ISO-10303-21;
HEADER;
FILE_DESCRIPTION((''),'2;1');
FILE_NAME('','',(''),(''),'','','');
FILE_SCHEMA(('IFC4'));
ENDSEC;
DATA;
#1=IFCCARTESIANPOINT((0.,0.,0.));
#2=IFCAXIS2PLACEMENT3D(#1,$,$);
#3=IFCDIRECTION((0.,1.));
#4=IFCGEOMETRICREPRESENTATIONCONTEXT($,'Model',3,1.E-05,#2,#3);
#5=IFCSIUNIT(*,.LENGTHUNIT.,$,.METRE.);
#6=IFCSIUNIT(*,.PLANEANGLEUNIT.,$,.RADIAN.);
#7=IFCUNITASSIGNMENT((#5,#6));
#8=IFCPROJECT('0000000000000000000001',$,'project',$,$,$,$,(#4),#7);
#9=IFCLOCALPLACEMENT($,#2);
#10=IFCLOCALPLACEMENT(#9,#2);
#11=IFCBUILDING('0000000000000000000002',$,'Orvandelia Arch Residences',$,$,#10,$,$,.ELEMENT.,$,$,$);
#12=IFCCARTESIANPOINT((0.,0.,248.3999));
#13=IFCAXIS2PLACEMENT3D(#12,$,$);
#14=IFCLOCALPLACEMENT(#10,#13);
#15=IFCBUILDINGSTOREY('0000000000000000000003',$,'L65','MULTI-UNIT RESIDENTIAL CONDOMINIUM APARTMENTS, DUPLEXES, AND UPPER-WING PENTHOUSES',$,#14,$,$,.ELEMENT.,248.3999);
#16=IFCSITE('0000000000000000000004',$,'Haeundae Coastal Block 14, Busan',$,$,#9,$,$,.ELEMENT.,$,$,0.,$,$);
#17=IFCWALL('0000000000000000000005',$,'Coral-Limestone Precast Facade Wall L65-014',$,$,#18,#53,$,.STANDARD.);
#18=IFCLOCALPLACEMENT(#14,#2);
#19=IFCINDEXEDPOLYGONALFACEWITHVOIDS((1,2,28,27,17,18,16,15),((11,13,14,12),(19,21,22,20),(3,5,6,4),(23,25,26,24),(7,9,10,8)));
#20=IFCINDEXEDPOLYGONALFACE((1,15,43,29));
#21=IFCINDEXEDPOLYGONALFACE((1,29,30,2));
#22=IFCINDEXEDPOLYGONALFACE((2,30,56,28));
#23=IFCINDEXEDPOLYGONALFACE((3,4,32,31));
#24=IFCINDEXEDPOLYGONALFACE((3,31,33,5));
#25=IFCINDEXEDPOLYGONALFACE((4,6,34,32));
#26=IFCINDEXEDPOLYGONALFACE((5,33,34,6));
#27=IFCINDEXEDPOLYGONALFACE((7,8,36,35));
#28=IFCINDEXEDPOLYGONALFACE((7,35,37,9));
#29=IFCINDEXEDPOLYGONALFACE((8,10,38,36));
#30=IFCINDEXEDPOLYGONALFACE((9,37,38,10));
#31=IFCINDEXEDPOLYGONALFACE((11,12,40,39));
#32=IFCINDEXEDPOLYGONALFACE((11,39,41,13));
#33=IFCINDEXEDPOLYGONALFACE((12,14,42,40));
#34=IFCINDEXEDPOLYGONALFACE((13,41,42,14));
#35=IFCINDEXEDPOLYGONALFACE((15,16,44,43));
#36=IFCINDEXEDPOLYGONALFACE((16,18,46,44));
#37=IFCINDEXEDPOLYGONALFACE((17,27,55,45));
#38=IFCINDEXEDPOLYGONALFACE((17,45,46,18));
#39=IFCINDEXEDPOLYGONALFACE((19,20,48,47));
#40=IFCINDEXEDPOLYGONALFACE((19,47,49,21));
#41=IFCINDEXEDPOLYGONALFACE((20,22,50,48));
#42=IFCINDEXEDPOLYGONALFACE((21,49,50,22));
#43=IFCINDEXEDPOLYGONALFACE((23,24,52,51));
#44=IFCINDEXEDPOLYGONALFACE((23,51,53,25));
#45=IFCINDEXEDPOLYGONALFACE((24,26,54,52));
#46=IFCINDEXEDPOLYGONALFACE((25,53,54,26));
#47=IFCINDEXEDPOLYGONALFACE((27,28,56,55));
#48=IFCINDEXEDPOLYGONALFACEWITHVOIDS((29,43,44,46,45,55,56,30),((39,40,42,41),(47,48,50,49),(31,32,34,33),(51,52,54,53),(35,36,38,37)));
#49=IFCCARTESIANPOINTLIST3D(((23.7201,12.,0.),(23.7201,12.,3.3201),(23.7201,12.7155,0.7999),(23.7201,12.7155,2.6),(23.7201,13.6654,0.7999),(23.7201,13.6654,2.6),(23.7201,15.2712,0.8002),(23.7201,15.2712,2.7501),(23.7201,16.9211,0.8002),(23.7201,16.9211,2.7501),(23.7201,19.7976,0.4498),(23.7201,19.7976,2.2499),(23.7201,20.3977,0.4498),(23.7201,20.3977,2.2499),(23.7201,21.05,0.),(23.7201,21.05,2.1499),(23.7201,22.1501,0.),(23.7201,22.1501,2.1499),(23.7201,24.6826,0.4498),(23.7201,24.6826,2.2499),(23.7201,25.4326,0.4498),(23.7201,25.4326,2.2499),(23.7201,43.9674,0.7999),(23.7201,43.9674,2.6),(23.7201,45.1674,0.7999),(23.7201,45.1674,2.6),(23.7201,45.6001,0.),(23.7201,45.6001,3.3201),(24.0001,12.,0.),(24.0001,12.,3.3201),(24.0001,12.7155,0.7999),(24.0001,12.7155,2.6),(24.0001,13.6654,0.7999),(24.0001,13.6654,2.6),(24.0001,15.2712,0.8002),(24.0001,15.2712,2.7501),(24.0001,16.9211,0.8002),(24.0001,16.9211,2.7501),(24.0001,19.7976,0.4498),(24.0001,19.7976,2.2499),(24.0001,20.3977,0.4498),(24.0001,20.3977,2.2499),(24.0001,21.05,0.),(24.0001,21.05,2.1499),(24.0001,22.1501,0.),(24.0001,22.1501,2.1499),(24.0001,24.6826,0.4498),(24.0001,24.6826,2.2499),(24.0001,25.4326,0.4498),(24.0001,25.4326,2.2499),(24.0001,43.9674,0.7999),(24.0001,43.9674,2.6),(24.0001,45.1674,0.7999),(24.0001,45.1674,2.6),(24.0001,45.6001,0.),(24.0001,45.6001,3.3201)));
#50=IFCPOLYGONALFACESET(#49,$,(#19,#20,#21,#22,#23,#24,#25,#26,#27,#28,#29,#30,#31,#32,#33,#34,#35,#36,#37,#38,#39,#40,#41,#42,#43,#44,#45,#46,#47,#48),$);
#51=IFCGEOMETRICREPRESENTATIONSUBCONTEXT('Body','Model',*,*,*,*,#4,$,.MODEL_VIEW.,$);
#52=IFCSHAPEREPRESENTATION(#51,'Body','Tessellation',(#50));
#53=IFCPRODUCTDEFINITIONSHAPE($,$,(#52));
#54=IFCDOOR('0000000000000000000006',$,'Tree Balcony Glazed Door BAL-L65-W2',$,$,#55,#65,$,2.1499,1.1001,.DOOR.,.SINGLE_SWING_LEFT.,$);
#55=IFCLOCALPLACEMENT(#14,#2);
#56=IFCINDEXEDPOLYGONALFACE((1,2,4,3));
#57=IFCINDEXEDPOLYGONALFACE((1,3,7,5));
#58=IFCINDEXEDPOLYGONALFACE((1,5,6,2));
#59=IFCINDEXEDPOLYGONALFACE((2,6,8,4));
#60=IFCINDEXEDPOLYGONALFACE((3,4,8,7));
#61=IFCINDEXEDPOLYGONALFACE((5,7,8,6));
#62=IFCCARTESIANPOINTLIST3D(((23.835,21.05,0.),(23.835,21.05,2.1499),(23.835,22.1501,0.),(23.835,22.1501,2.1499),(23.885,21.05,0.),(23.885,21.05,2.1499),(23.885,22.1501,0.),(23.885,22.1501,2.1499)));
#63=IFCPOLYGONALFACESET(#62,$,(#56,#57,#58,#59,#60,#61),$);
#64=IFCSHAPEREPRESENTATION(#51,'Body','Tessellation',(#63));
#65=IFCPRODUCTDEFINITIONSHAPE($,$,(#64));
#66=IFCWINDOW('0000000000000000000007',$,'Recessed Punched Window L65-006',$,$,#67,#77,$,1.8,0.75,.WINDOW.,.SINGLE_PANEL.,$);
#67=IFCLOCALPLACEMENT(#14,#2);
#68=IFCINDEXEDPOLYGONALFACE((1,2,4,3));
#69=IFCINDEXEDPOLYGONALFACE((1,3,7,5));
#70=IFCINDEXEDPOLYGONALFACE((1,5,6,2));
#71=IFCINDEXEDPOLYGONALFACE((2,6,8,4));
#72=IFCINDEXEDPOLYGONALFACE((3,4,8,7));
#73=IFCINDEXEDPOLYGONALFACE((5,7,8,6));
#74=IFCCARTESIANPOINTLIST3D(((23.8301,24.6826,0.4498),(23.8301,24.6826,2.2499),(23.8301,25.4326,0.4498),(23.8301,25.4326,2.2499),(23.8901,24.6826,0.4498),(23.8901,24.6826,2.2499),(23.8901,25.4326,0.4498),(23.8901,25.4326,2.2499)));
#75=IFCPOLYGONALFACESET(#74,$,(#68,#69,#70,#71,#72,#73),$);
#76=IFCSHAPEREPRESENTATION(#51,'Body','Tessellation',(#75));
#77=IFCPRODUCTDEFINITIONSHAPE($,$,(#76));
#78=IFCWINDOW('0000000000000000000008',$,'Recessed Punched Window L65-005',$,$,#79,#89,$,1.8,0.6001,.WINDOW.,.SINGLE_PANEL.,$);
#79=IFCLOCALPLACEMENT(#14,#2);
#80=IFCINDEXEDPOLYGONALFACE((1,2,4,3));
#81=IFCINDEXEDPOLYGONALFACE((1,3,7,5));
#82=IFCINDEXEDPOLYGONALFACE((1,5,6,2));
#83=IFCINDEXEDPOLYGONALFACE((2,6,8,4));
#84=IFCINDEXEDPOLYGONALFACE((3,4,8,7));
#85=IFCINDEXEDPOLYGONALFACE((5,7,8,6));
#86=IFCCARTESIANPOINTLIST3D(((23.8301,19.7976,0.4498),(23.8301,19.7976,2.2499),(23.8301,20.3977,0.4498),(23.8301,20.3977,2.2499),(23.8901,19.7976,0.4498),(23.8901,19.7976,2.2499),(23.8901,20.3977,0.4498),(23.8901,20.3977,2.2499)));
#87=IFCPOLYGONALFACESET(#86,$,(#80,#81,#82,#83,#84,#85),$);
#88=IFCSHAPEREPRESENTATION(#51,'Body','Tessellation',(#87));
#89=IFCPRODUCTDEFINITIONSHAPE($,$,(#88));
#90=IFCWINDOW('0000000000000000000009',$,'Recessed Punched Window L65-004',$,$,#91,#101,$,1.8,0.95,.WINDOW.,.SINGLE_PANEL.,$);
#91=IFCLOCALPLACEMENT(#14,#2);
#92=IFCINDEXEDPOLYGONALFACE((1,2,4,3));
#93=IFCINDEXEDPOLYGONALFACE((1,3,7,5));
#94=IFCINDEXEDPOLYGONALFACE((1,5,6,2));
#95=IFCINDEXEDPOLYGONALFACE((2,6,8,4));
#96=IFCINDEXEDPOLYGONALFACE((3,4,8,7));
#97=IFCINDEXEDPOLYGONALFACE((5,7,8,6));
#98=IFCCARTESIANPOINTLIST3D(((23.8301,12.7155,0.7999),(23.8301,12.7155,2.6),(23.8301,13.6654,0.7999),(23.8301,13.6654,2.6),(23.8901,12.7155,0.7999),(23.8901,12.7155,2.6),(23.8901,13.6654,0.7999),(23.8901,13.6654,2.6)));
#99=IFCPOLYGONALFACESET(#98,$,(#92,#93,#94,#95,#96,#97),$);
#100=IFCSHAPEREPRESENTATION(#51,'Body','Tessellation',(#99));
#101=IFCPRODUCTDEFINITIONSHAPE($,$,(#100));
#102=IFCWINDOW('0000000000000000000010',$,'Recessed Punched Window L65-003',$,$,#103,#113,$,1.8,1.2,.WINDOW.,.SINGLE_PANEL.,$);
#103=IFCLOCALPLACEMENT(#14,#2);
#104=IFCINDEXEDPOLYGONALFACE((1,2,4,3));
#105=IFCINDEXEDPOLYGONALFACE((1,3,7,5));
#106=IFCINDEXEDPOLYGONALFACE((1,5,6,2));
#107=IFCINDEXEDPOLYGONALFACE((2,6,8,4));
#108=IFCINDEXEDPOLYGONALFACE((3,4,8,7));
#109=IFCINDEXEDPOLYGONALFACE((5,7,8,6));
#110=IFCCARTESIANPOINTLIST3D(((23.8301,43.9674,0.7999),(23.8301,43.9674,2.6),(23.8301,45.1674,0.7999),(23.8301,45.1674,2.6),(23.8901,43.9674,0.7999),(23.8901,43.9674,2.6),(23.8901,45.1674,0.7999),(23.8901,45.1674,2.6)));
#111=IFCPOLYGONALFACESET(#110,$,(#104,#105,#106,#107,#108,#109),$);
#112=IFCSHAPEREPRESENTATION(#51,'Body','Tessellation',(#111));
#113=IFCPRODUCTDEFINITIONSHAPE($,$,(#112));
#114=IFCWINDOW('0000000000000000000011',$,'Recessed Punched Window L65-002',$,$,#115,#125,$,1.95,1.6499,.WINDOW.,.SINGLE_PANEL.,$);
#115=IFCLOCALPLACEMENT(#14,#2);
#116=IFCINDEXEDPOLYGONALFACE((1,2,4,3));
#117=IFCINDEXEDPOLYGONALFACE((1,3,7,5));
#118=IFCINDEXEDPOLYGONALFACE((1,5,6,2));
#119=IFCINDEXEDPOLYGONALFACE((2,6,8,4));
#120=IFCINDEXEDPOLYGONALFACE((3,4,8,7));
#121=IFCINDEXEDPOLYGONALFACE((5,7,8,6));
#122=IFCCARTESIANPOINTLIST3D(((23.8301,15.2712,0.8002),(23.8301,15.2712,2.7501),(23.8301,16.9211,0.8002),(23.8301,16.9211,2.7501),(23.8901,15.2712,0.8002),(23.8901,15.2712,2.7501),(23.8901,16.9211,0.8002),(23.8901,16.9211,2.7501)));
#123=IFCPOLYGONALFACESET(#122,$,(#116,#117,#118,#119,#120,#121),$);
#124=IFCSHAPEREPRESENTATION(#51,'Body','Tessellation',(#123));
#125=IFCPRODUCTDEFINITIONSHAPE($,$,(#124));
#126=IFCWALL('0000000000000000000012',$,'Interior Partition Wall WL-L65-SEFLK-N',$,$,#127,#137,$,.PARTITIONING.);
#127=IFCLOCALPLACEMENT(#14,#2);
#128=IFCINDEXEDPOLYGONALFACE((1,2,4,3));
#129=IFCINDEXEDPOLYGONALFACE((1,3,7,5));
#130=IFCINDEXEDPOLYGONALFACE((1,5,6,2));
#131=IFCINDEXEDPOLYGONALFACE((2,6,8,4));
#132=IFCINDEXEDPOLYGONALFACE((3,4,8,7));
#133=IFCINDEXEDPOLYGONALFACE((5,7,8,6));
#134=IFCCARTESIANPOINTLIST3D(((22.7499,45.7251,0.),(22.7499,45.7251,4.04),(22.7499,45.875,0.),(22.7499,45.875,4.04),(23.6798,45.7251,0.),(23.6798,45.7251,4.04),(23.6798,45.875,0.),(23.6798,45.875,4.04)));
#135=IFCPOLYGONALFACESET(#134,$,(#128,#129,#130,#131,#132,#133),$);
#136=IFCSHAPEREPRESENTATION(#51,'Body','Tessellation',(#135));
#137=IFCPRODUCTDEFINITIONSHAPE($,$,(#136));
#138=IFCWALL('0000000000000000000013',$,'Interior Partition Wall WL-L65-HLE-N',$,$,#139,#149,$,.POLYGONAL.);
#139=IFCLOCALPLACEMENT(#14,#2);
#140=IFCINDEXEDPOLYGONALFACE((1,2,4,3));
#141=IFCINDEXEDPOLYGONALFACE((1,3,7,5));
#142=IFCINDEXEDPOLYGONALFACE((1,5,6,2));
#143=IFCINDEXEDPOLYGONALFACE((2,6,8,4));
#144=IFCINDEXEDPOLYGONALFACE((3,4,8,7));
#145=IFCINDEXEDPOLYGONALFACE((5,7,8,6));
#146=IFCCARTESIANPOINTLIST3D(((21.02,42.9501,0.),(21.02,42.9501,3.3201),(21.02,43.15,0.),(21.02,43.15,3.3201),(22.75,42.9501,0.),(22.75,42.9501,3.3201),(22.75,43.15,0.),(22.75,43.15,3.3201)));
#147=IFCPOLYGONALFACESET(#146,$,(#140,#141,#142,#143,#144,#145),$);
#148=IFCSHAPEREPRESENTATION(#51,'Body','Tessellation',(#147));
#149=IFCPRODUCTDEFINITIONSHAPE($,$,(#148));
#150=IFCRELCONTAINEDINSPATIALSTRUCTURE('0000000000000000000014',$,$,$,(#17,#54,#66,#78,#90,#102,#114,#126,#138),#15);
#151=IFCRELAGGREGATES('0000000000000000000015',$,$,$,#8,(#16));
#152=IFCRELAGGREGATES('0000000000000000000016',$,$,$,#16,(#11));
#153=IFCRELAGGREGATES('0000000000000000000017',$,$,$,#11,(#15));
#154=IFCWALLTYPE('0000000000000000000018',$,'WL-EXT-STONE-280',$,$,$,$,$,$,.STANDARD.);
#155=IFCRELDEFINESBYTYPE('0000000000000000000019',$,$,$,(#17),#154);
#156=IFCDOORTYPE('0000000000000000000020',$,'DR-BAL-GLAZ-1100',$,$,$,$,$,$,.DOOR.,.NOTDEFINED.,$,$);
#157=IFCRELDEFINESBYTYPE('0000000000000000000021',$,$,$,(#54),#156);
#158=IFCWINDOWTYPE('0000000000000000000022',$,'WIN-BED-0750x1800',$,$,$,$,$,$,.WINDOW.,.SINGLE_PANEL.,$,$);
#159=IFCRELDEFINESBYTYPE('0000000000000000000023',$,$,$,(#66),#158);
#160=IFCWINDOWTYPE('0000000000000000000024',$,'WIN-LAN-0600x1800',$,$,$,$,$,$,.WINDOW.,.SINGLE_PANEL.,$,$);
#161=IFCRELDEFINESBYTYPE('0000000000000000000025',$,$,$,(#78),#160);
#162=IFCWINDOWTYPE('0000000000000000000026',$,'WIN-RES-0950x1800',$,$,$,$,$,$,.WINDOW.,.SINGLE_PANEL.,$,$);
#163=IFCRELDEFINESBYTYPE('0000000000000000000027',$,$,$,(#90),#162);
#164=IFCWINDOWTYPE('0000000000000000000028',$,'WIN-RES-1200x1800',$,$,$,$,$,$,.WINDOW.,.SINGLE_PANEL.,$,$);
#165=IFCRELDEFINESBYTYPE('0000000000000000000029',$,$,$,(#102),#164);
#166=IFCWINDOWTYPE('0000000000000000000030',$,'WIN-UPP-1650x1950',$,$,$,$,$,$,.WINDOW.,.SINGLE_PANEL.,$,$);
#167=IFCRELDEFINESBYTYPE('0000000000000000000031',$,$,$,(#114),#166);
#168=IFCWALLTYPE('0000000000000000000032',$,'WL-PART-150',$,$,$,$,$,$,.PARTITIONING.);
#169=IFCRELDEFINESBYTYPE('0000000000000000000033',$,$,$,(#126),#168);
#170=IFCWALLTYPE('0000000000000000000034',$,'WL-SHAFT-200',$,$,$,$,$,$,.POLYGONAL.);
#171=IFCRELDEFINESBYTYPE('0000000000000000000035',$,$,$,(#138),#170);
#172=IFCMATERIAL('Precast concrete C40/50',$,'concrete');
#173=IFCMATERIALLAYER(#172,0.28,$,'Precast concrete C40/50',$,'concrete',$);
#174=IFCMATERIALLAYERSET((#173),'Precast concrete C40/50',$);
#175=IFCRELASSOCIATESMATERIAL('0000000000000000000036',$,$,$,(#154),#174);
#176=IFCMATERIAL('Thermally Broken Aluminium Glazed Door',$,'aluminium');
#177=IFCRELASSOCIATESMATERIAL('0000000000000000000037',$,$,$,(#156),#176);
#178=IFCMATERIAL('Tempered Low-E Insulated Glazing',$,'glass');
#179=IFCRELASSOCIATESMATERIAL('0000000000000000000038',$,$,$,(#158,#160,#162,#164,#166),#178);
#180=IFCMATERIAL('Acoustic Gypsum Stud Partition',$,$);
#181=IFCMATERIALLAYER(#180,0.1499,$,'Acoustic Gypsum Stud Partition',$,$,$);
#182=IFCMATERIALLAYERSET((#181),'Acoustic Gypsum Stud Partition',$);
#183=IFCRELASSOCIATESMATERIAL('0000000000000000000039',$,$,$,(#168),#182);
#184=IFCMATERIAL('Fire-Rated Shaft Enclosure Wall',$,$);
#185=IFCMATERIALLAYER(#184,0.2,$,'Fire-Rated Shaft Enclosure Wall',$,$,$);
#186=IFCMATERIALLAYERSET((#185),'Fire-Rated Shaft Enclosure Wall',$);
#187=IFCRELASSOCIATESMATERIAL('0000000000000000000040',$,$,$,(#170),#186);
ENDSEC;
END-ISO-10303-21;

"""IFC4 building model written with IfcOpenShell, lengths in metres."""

from ifc_helpers import new_model, si_unit, direction, frame, frame_2d, origin, place, context, subcontext, project, spatial, rectangle, extrude, material, layer, layer_set, type_object, element, fill, save


model = new_model("IFC4")

# Units and contexts
model_context = context("Model", 3, precision=1e-05, world=origin(), true_north=direction((0.0, 1.0)))
body_context = subcontext(model_context, "Body", "Model", "MODEL_VIEW")
ifc_project = project(units=[si_unit("LENGTHUNIT", "METRE"), si_unit("PLANEANGLEUNIT", "RADIAN")], contexts=[model_context])

# Site, building, storey
site_placement = place(None, origin())
site = spatial("IfcSite", under=ifc_project, at=site_placement, Name="Haeundae Coastal Block 14, Busan", CompositionType="ELEMENT", RefElevation=0.0)
building_placement = place(site_placement, origin())
building = spatial("IfcBuilding", under=site, at=building_placement, Name="Orvandelia Arch Residences", CompositionType="ELEMENT")
storey_placement = place(building_placement, frame((0.0, 0.0, 248.3999)))
storey = spatial("IfcBuildingStorey", under=building, at=storey_placement, Name="L65", Description="MULTI-UNIT RESIDENTIAL CONDOMINIUM APARTMENTS, DUPLEXES, AND UPPER-WING PENTHOUSES", CompositionType="ELEMENT", Elevation=248.3999)

# Shared definitions
ifc_material_1 = material(Name="Precast concrete C40/50", Category="concrete")
ifc_layer_1 = layer(ifc_material_1, 0.28, Name="Precast concrete C40/50", Category="concrete")
ifc_layer_set_1 = layer_set([ifc_layer_1], Name="Precast concrete C40/50")
wall_type_1 = type_object("IfcWallType", Name="WL-EXT-STONE-280", PredefinedType="STANDARD", material=ifc_layer_set_1)

# Wall, openings, door, windows
wall_1_placement = place(storey_placement, frame((23.8601, 45.6001, 0.0), z_axis=(0.0, 0.0, 1.0), x_axis=(0.0, -1.0, 0.0)))
wall_1 = element("IfcWall", 1, at=wall_1_placement, inside=storey, type_object=wall_type_1, Name="Coral-Limestone Precast Facade Wall L65-014", PredefinedType="STANDARD", context=body_context, shape_type="SweptSolid", body=[
    extrude(rectangle(XDim=33.6001, YDim=0.28, at=frame_2d((16.8, 0.0))), origin(), (0.0, 0.0, 1.0), 3.3201),
])
opening_1_placement = place(wall_1_placement, frame((23.45, 0.0, 0.0)))
opening_1 = element("IfcOpeningElement", 2, at=opening_1_placement, cuts=wall_1, PredefinedType="OPENING", context=body_context, shape_type="SweptSolid", body=[
    extrude(rectangle(XDim=1.1001, YDim=2.1499, at=frame_2d((0.55, 1.075))), frame((0.0, 0.1499, 0.0), z_axis=(0.0, -1.0, 0.0), x_axis=(1.0, 0.0, 0.0)), (0.0, 0.0, 1.0), 0.3),
])
opening_2_placement = place(wall_1_placement, frame((28.679, 0.0, 0.8)))
opening_2 = element("IfcOpeningElement", 3, at=opening_2_placement, cuts=wall_1, PredefinedType="OPENING", context=body_context, shape_type="SweptSolid", body=[
    extrude(rectangle(XDim=1.6499, YDim=1.95, at=frame_2d((0.825, 0.9751))), frame((0.0, 0.1499, 0.0), z_axis=(0.0, -1.0, 0.0), x_axis=(1.0, 0.0, 0.0)), (0.0, 0.0, 1.0), 0.3),
])
opening_3_placement = place(wall_1_placement, frame((0.4326, 0.0, 0.8)))
opening_3 = element("IfcOpeningElement", 4, at=opening_3_placement, cuts=wall_1, PredefinedType="OPENING", context=body_context, shape_type="SweptSolid", body=[
    extrude(rectangle(XDim=1.2, YDim=1.8, at=frame_2d((0.6001, 0.8999))), frame((0.0, 0.1499, 0.0), z_axis=(0.0, -1.0, 0.0), x_axis=(1.0, 0.0, 0.0)), (0.0, 0.0, 1.0), 0.3),
])
opening_4_placement = place(wall_1_placement, frame((31.9346, 0.0, 0.8)))
opening_4 = element("IfcOpeningElement", 5, at=opening_4_placement, cuts=wall_1, PredefinedType="OPENING", context=body_context, shape_type="SweptSolid", body=[
    extrude(rectangle(XDim=0.95, YDim=1.8, at=frame_2d((0.4751, 0.8999))), frame((0.0, 0.1499, 0.0), z_axis=(0.0, -1.0, 0.0), x_axis=(1.0, 0.0, 0.0)), (0.0, 0.0, 1.0), 0.3),
])
opening_5_placement = place(wall_1_placement, frame((25.2024, 0.0, 0.45)))
opening_5 = element("IfcOpeningElement", 6, at=opening_5_placement, cuts=wall_1, PredefinedType="OPENING", context=body_context, shape_type="SweptSolid", body=[
    extrude(rectangle(XDim=0.6001, YDim=1.8, at=frame_2d((0.3, 0.8999))), frame((0.0, 0.1499, 0.0), z_axis=(0.0, -1.0, 0.0), x_axis=(1.0, 0.0, 0.0)), (0.0, 0.0, 1.0), 0.3),
])
opening_6_placement = place(wall_1_placement, frame((20.1675, 0.0, 0.45)))
opening_6 = element("IfcOpeningElement", 7, at=opening_6_placement, cuts=wall_1, PredefinedType="OPENING", context=body_context, shape_type="SweptSolid", body=[
    extrude(rectangle(XDim=0.75, YDim=1.8, at=frame_2d((0.375, 0.8999))), frame((0.0, 0.1499, 0.0), z_axis=(0.0, -1.0, 0.0), x_axis=(1.0, 0.0, 0.0)), (0.0, 0.0, 1.0), 0.3),
])
ifc_material_2 = material(Name="Thermally Broken Aluminium Glazed Door", Category="aluminium")
door_type_1 = type_object("IfcDoorType", Name="DR-BAL-GLAZ-1100", OperationType="NOTDEFINED", PredefinedType="DOOR", material=ifc_material_2)
door_1_placement = place(opening_1_placement, origin())
door_1 = element("IfcDoor", 8, at=door_1_placement, inside=storey, type_object=door_type_1, Name="Tree Balcony Glazed Door BAL-L65-W2", OperationType="SINGLE_SWING_LEFT", OverallHeight=2.1499, OverallWidth=1.1001, PredefinedType="DOOR", context=body_context, shape_type="SweptSolid", body=[
    extrude(rectangle(XDim=1.1001, YDim=2.1499, at=frame_2d((0.55, 1.075))), frame((0.0, 0.0249, 0.0), z_axis=(0.0, -1.0, 0.0), x_axis=(1.0, 0.0, 0.0)), (0.0, 0.0, 1.0), 0.05),
])
fill(opening_1, door_1)
ifc_material_3 = material(Name="Tempered Low-E Insulated Glazing", Category="glass")
window_type_1 = type_object("IfcWindowType", Name="WIN-BED-0750x1800", PartitioningType="SINGLE_PANEL", PredefinedType="WINDOW", material=ifc_material_3)
window_1_placement = place(opening_6_placement, origin())
window_1 = element("IfcWindow", 9, at=window_1_placement, inside=storey, type_object=window_type_1, Name="Recessed Punched Window L65-006", OverallHeight=1.8, OverallWidth=0.75, PartitioningType="SINGLE_PANEL", PredefinedType="WINDOW", context=body_context, shape_type="SweptSolid", body=[
    extrude(rectangle(XDim=0.75, YDim=1.8, at=frame_2d((0.375, 0.8999))), frame((0.0, 0.03, 0.0), z_axis=(0.0, -1.0, 0.0), x_axis=(1.0, 0.0, 0.0)), (0.0, 0.0, 1.0), 0.0601),
])
fill(opening_6, window_1)
window_type_2 = type_object("IfcWindowType", Name="WIN-LAN-0600x1800", PartitioningType="SINGLE_PANEL", PredefinedType="WINDOW", material=ifc_material_3)
window_2_placement = place(opening_5_placement, origin())
window_2 = element("IfcWindow", 10, at=window_2_placement, inside=storey, type_object=window_type_2, Name="Recessed Punched Window L65-005", OverallHeight=1.8, OverallWidth=0.6001, PartitioningType="SINGLE_PANEL", PredefinedType="WINDOW", context=body_context, shape_type="SweptSolid", body=[
    extrude(rectangle(XDim=0.6001, YDim=1.8, at=frame_2d((0.3, 0.8999))), frame((0.0, 0.03, 0.0), z_axis=(0.0, -1.0, 0.0), x_axis=(1.0, 0.0, 0.0)), (0.0, 0.0, 1.0), 0.0601),
])
fill(opening_5, window_2)
window_type_3 = type_object("IfcWindowType", Name="WIN-RES-0950x1800", PartitioningType="SINGLE_PANEL", PredefinedType="WINDOW", material=ifc_material_3)
window_3_placement = place(opening_4_placement, origin())
window_3 = element("IfcWindow", 11, at=window_3_placement, inside=storey, type_object=window_type_3, Name="Recessed Punched Window L65-004", OverallHeight=1.8, OverallWidth=0.95, PartitioningType="SINGLE_PANEL", PredefinedType="WINDOW", context=body_context, shape_type="SweptSolid", body=[
    extrude(rectangle(XDim=0.95, YDim=1.8, at=frame_2d((0.4751, 0.8999))), frame((0.0, 0.03, 0.0), z_axis=(0.0, -1.0, 0.0), x_axis=(1.0, 0.0, 0.0)), (0.0, 0.0, 1.0), 0.0601),
])
fill(opening_4, window_3)
window_type_4 = type_object("IfcWindowType", Name="WIN-RES-1200x1800", PartitioningType="SINGLE_PANEL", PredefinedType="WINDOW", material=ifc_material_3)
window_4_placement = place(opening_3_placement, origin())
window_4 = element("IfcWindow", 12, at=window_4_placement, inside=storey, type_object=window_type_4, Name="Recessed Punched Window L65-003", OverallHeight=1.8, OverallWidth=1.2, PartitioningType="SINGLE_PANEL", PredefinedType="WINDOW", context=body_context, shape_type="SweptSolid", body=[
    extrude(rectangle(XDim=1.2, YDim=1.8, at=frame_2d((0.6001, 0.8999))), frame((0.0, 0.03, 0.0), z_axis=(0.0, -1.0, 0.0), x_axis=(1.0, 0.0, 0.0)), (0.0, 0.0, 1.0), 0.0601),
])
fill(opening_3, window_4)
window_type_5 = type_object("IfcWindowType", Name="WIN-UPP-1650x1950", PartitioningType="SINGLE_PANEL", PredefinedType="WINDOW", material=ifc_material_3)
window_5_placement = place(opening_2_placement, origin())
window_5 = element("IfcWindow", 13, at=window_5_placement, inside=storey, type_object=window_type_5, Name="Recessed Punched Window L65-002", OverallHeight=1.95, OverallWidth=1.6499, PartitioningType="SINGLE_PANEL", PredefinedType="WINDOW", context=body_context, shape_type="SweptSolid", body=[
    extrude(rectangle(XDim=1.6499, YDim=1.95, at=frame_2d((0.825, 0.9751))), frame((0.0, 0.03, 0.0), z_axis=(0.0, -1.0, 0.0), x_axis=(1.0, 0.0, 0.0)), (0.0, 0.0, 1.0), 0.0601),
])
fill(opening_2, window_5)

# Walls
ifc_material_4 = material(Name="Acoustic Gypsum Stud Partition")
ifc_layer_2 = layer(ifc_material_4, 0.1499, Name="Acoustic Gypsum Stud Partition")
ifc_layer_set_2 = layer_set([ifc_layer_2], Name="Acoustic Gypsum Stud Partition")
wall_type_2 = type_object("IfcWallType", Name="WL-PART-150", PredefinedType="PARTITIONING", material=ifc_layer_set_2)
wall_2_placement = place(storey_placement, frame((22.75, 45.8, 0.0), z_axis=(0.0, 0.0, 1.0), x_axis=(1.0, 0.0, 0.0)))
element("IfcWall", 14, at=wall_2_placement, inside=storey, type_object=wall_type_2, Name="Interior Partition Wall WL-L65-SEFLK-N", PredefinedType="PARTITIONING", context=body_context, shape_type="SweptSolid", body=[
    extrude(rectangle(XDim=0.9299, YDim=0.1499, at=frame_2d((0.4648, 0.0))), origin(), (0.0, 0.0, 1.0), 4.04),
])
ifc_material_5 = material(Name="Fire-Rated Shaft Enclosure Wall")
ifc_layer_3 = layer(ifc_material_5, 0.2, Name="Fire-Rated Shaft Enclosure Wall")
ifc_layer_set_3 = layer_set([ifc_layer_3], Name="Fire-Rated Shaft Enclosure Wall")
wall_type_3 = type_object("IfcWallType", Name="WL-SHAFT-200", PredefinedType="POLYGONAL", material=ifc_layer_set_3)
wall_3_placement = place(storey_placement, frame((21.02, 43.05, 0.0), z_axis=(0.0, 0.0, 1.0), x_axis=(1.0, 0.0, 0.0)))
element("IfcWall", 15, at=wall_3_placement, inside=storey, type_object=wall_type_3, Name="Interior Partition Wall WL-L65-HLE-N", PredefinedType="POLYGONAL", context=body_context, shape_type="SweptSolid", body=[
    extrude(rectangle(XDim=1.73, YDim=0.2, at=frame_2d((0.865, 0.0))), origin(), (0.0, 0.0, 1.0), 3.3201),
])

save(model, "model.ifc")
